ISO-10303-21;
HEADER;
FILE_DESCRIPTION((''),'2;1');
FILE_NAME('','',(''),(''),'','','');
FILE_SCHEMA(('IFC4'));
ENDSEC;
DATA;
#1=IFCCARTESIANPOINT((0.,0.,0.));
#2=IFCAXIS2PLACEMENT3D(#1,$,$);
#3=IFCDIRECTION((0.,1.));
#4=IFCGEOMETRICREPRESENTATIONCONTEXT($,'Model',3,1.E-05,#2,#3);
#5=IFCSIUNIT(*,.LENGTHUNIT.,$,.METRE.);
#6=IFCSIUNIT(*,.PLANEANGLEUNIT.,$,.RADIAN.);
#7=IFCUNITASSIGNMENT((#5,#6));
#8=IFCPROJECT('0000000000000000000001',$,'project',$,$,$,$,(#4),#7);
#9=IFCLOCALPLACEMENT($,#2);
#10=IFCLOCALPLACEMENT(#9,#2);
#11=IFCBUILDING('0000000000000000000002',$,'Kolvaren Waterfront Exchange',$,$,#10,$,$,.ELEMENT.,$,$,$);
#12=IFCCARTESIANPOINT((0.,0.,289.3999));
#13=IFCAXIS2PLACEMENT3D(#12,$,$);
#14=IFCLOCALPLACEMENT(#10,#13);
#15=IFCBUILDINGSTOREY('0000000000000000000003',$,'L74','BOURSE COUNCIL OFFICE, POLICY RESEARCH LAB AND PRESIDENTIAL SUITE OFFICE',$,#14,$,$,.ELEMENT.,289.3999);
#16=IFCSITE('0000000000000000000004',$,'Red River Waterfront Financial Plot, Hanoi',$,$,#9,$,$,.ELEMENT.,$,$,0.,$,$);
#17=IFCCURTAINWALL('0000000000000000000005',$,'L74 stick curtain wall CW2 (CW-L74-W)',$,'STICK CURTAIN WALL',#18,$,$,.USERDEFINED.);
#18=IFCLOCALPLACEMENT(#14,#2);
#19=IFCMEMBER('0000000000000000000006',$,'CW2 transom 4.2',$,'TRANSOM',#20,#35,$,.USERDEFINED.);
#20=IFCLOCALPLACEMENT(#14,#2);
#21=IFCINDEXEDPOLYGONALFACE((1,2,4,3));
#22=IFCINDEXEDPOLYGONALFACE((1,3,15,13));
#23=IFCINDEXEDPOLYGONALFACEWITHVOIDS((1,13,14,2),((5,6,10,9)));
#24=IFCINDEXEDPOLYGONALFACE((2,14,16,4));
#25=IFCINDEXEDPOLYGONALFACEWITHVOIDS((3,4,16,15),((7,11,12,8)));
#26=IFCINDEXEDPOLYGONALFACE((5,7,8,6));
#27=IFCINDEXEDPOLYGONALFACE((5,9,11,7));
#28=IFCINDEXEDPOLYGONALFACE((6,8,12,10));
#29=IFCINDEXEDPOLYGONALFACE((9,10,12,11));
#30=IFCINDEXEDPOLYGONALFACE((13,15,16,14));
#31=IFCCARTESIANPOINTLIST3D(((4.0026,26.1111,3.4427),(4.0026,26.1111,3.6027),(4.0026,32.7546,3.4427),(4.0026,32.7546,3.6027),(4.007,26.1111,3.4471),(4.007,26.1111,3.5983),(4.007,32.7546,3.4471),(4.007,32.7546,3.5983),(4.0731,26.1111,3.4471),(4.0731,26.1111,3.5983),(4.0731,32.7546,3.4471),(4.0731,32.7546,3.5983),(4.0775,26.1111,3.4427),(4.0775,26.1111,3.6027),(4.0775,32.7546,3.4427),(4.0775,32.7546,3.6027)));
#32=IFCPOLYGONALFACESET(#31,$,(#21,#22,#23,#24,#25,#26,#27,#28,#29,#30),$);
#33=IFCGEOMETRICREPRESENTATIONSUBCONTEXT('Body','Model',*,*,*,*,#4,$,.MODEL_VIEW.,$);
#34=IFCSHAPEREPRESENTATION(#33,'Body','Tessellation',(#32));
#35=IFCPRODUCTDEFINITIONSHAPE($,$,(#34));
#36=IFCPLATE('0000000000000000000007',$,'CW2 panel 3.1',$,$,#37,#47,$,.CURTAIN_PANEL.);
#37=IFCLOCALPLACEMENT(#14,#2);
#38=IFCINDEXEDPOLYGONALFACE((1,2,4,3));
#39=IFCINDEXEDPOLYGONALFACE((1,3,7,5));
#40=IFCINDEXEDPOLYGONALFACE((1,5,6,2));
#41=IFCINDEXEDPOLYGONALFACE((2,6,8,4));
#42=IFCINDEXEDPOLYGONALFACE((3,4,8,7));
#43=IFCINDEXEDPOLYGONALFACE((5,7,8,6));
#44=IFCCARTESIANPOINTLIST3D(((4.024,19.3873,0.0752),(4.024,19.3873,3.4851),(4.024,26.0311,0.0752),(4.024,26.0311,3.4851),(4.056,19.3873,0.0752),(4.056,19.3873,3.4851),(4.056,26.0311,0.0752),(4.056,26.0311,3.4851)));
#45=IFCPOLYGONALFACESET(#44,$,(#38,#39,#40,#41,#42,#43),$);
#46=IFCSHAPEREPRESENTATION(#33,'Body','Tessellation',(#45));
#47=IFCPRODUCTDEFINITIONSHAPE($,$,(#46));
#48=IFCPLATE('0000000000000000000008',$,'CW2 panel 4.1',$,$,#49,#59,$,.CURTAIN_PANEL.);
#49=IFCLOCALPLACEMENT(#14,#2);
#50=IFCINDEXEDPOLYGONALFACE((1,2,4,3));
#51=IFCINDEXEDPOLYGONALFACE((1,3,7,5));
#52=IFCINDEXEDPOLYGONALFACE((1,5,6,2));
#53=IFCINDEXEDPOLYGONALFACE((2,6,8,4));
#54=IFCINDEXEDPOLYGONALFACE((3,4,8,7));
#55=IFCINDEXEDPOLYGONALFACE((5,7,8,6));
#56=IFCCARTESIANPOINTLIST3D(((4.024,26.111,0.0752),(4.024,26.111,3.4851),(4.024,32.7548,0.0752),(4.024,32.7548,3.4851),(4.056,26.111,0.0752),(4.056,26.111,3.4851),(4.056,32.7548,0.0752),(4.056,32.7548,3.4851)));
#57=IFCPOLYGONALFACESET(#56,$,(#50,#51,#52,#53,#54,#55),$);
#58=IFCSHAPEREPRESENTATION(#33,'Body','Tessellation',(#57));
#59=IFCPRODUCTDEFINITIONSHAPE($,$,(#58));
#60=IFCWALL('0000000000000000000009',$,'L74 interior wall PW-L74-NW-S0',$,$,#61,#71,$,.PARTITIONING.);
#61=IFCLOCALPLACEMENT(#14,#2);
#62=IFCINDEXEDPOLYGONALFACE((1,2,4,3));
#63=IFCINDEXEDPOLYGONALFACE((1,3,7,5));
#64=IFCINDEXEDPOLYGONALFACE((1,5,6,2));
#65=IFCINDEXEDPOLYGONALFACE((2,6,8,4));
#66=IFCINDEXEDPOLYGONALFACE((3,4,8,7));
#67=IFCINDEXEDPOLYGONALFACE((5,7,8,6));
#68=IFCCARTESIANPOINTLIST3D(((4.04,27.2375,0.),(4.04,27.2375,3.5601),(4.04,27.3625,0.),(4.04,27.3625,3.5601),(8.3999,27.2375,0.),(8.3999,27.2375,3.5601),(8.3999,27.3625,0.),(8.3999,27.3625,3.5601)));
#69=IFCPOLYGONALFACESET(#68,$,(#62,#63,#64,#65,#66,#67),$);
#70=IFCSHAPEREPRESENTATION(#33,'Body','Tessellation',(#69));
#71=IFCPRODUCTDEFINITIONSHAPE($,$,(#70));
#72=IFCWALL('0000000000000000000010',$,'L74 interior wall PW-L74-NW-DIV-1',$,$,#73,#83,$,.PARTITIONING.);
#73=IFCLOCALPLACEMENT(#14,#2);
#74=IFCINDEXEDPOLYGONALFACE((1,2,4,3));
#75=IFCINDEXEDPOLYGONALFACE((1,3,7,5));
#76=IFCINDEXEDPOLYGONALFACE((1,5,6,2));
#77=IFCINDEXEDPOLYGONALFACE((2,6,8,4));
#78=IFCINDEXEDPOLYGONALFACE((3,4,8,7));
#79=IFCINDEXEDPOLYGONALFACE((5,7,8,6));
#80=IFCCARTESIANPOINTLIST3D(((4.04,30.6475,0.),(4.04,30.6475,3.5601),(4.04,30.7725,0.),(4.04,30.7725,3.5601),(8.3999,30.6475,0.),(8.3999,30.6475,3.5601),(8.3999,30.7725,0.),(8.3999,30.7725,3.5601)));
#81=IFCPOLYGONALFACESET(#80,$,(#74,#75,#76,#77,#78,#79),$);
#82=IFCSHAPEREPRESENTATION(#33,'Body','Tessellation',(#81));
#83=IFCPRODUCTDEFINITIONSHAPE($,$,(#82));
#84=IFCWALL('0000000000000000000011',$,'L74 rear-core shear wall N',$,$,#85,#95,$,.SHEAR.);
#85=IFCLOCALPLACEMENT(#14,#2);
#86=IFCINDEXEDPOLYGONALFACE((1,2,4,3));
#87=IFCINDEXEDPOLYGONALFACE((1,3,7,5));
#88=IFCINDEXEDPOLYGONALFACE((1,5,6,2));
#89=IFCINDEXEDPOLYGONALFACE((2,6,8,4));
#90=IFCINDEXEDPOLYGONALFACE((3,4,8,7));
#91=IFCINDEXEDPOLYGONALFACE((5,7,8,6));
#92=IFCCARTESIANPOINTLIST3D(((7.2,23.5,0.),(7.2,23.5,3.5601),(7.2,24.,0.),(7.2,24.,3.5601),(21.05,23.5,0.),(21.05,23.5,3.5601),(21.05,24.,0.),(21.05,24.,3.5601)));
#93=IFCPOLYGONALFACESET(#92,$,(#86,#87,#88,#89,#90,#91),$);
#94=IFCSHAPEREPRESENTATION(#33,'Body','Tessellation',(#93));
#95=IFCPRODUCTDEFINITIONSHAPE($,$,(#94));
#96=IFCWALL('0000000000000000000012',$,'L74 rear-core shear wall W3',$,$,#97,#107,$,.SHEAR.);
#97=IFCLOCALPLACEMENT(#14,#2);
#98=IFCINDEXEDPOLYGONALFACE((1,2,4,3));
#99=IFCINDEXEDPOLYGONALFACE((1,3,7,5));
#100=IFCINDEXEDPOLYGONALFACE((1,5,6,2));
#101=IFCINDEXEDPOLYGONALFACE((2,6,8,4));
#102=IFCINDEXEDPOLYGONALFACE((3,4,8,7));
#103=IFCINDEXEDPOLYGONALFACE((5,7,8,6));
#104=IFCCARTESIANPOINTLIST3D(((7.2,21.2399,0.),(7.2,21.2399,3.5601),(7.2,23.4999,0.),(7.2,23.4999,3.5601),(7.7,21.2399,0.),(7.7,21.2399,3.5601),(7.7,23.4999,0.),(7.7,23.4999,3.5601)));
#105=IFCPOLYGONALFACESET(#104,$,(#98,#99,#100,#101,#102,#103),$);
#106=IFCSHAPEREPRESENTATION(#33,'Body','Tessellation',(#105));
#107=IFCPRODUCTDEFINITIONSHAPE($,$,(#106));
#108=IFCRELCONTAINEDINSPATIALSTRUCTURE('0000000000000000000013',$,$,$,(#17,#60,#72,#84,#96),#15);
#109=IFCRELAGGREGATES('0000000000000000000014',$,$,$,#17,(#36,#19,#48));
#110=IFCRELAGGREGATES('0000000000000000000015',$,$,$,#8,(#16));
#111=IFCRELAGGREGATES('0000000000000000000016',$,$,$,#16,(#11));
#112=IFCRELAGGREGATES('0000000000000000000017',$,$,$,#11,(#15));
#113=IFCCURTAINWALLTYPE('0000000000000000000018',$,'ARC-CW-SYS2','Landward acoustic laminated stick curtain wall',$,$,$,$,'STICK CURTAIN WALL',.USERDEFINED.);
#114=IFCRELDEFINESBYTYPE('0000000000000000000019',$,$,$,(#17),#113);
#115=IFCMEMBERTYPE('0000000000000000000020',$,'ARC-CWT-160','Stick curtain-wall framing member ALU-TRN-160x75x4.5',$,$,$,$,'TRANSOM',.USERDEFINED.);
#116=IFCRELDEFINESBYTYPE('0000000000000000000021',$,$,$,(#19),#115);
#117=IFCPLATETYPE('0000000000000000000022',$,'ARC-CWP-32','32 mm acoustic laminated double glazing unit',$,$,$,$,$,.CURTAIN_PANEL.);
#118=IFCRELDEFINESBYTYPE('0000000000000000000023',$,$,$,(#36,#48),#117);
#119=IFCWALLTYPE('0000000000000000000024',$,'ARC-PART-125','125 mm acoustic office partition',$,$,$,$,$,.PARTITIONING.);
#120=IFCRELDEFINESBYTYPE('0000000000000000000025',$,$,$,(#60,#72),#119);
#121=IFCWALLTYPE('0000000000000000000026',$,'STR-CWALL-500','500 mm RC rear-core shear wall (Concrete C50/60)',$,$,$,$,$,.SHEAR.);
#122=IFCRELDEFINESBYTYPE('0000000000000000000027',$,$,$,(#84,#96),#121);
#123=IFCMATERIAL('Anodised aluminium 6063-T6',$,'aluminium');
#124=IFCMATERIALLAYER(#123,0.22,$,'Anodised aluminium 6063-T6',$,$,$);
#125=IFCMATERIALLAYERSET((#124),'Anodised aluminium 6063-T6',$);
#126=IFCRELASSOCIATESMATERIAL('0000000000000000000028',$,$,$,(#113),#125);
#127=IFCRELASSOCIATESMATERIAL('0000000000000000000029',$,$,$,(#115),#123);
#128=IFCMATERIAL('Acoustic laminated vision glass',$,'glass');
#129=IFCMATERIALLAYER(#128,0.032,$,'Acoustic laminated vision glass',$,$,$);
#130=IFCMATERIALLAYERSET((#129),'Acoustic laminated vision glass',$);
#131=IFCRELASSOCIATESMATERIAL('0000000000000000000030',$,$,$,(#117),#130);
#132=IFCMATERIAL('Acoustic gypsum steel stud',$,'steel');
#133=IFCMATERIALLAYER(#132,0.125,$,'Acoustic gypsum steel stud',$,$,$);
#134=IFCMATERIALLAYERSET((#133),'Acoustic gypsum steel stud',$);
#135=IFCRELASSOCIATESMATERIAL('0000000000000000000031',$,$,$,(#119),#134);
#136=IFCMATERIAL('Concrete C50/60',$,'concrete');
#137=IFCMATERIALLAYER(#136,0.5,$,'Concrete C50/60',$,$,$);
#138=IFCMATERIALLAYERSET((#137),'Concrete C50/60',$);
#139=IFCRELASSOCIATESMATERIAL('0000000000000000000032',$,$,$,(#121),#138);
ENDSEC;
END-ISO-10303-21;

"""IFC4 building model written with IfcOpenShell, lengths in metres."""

from ifc_helpers import new_model, si_unit, direction, frame, frame_2d, origin, origin_with_axes, origin_2d, place, context, subcontext, project, spatial, rectangle, hollow_rectangle, extrude, source, transform, mapped, material, layer, layer_set, material_profile, profile_set, type_object, element, aggregate, save


model = new_model("IFC4")

# Units and contexts
model_context = context("Model", 3, precision=1e-05, world=origin(), true_north=direction((0.0, 1.0)))
body_context = subcontext(model_context, "Body", "Model", "MODEL_VIEW")
ifc_project = project(units=[si_unit("LENGTHUNIT", "METRE"), si_unit("PLANEANGLEUNIT", "RADIAN")], contexts=[model_context])

# Site, building, storey
site_placement = place(None, origin())
site = spatial("IfcSite", under=ifc_project, at=site_placement, Name="Red River Waterfront Financial Plot, Hanoi", CompositionType="ELEMENT", RefElevation=0.0)
building_placement = place(site_placement, origin())
building = spatial("IfcBuilding", under=site, at=building_placement, Name="Kolvaren Waterfront Exchange", CompositionType="ELEMENT")
storey_placement = place(building_placement, frame((0.0, 0.0, 289.3999)))
storey = spatial("IfcBuildingStorey", under=building, at=storey_placement, Name="L74", Description="BOURSE COUNCIL OFFICE, POLICY RESEARCH LAB AND PRESIDENTIAL SUITE OFFICE", CompositionType="ELEMENT", Elevation=289.3999)

# Shared definitions
ifc_material_1 = material(Name="Concrete C50/60", Category="concrete")

# Curtain wall, member, plates
ifc_material_2 = material(Name="Anodised aluminium 6063-T6", Category="aluminium")
ifc_layer_1 = layer(ifc_material_2, 0.22, Name="Anodised aluminium 6063-T6")
ifc_layer_set_1 = layer_set([ifc_layer_1], Name="Anodised aluminium 6063-T6")
curtain_wall_type = type_object("IfcCurtainWallType", Name="ARC-CW-SYS2", Description="Landward acoustic laminated stick curtain wall", ElementType="STICK CURTAIN WALL", PredefinedType="USERDEFINED", material=ifc_layer_set_1)
curtain_wall_placement = place(storey_placement, origin())
curtain_wall = element("IfcCurtainWall", 1, at=curtain_wall_placement, inside=storey, type_object=curtain_wall_type, Name="L74 stick curtain wall CW2 (CW-L74-W)", ObjectType="STICK CURTAIN WALL", PredefinedType="USERDEFINED")
ifc_material_profile_1 = material_profile(ifc_material_2, hollow_rectangle(XDim=0.075, YDim=0.1599, WallThickness=0.0044, at=origin_2d()), Name="ALU-TRN-160x75x4.5")
ifc_profile_set_1 = profile_set([ifc_material_profile_1], Name="Anodised aluminium 6063-T6")
member_type_1 = type_object("IfcMemberType", Name="ARC-CWT-160", Description="Stick curtain-wall framing member ALU-TRN-160x75x4.5", ElementType="TRANSOM", PredefinedType="USERDEFINED", material=ifc_profile_set_1)
shared_shape_1 = source(origin_with_axes(), body_context, "Body", "SweptSolid", [
    extrude(hollow_rectangle(XDim=0.075, YDim=0.1599, WallThickness=0.0044, at=origin_2d()), origin(), (0.0, 0.0, 1.0), 6.6436),
])
member_1_placement = place(storey_placement, frame((4.04, 26.1111, 3.5227), z_axis=(0.0, 1.0, 0.0), x_axis=(-1.0, 0.0, 0.0)))
member_1 = element("IfcMember", 2, at=member_1_placement, type_object=member_type_1, Name="CW2 transom 4.2", ObjectType="TRANSOM", PredefinedType="USERDEFINED", context=body_context, shape_type="MappedRepresentation", body=[
    mapped(shared_shape_1, transform((0.0, 0.0, 0.0), x_axis=(1.0, 0.0, 0.0), y_axis=(0.0, 1.0, 0.0), z_axis=(0.0, 0.0, 1.0), scale=1.0)),
])
ifc_material_3 = material(Name="Acoustic laminated vision glass", Category="glass")
ifc_layer_2 = layer(ifc_material_3, 0.032, Name="Acoustic laminated vision glass")
ifc_layer_set_2 = layer_set([ifc_layer_2], Name="Acoustic laminated vision glass")
plate_type = type_object("IfcPlateType", Name="ARC-CWP-32", Description="32 mm acoustic laminated double glazing unit", PredefinedType="CURTAIN_PANEL", material=ifc_layer_set_2)
shared_shape_2 = source(origin_with_axes(), body_context, "Body", "SweptSolid", [
    extrude(rectangle(XDim=6.6438, YDim=0.032, at=origin_2d()), origin(), (0.0, 0.0, 1.0), 3.4099),
])
plate_1_placement = place(storey_placement, frame((4.04, 22.7092, 0.0752), z_axis=(0.0, 0.0, 1.0), x_axis=(0.0, 1.0, 0.0)))
plate_1 = element("IfcPlate", 3, at=plate_1_placement, type_object=plate_type, Name="CW2 panel 3.1", PredefinedType="CURTAIN_PANEL", context=body_context, shape_type="MappedRepresentation", body=[
    mapped(shared_shape_2, transform((0.0, 0.0, 0.0), x_axis=(1.0, 0.0, 0.0), y_axis=(0.0, 1.0, 0.0), z_axis=(0.0, 0.0, 1.0), scale=1.0)),
])
plate_2_placement = place(storey_placement, frame((4.04, 29.4329, 0.0752), z_axis=(0.0, 0.0, 1.0), x_axis=(0.0, 1.0, 0.0)))
plate_2 = element("IfcPlate", 4, at=plate_2_placement, type_object=plate_type, Name="CW2 panel 4.1", PredefinedType="CURTAIN_PANEL", context=body_context, shape_type="MappedRepresentation", body=[
    mapped(shared_shape_2, transform((0.0, 0.0, 0.0), x_axis=(1.0, 0.0, 0.0), y_axis=(0.0, 1.0, 0.0), z_axis=(0.0, 0.0, 1.0), scale=1.0)),
])
aggregate(curtain_wall, [plate_1, member_1, plate_2])

# Walls
ifc_material_4 = material(Name="Acoustic gypsum steel stud", Category="steel")
ifc_layer_3 = layer(ifc_material_4, 0.125, Name="Acoustic gypsum steel stud")
ifc_layer_set_3 = layer_set([ifc_layer_3], Name="Acoustic gypsum steel stud")
wall_type_1 = type_object("IfcWallType", Name="ARC-PART-125", Description="125 mm acoustic office partition", PredefinedType="PARTITIONING", material=ifc_layer_set_3)
for number, where, z_axis, x_axis, name in (
    (5, (4.04, 27.3, 0.0), (0.0, 0.0, 1.0), (1.0, 0.0, 0.0), "L74 interior wall PW-L74-NW-S0"),
    (6, (4.04, 30.71, 0.0), (0.0, 0.0, 1.0), (1.0, 0.0, 0.0), "L74 interior wall PW-L74-NW-DIV-1"),
):
    element("IfcWall", number, at=place(storey_placement, frame(where, z_axis=z_axis, x_axis=x_axis)), inside=storey, type_object=wall_type_1, Name=name, PredefinedType="PARTITIONING", context=body_context, shape_type="SweptSolid", body=[
        extrude(rectangle(XDim=4.3599, YDim=0.125, at=frame_2d((2.1799, 0.0))), origin(), (0.0, 0.0, 1.0), 3.5601),
    ])

# Walls
ifc_layer_4 = layer(ifc_material_1, 0.5, Name="Concrete C50/60")
ifc_layer_set_4 = layer_set([ifc_layer_4], Name="Concrete C50/60")
wall_type_2 = type_object("IfcWallType", Name="STR-CWALL-500", Description="500 mm RC rear-core shear wall (Concrete C50/60)", PredefinedType="SHEAR", material=ifc_layer_set_4)
wall_1_placement = place(storey_placement, frame((7.2, 23.75, 0.0), z_axis=(0.0, 0.0, 1.0), x_axis=(1.0, 0.0, 0.0)))
element("IfcWall", 7, at=wall_1_placement, inside=storey, type_object=wall_type_2, Name="L74 rear-core shear wall N", PredefinedType="SHEAR", context=body_context, shape_type="SweptSolid", body=[
    extrude(rectangle(XDim=13.8501, YDim=0.5, at=frame_2d((6.925, 0.0))), origin(), (0.0, 0.0, 1.0), 3.5601),
])
wall_2_placement = place(storey_placement, frame((7.45, 21.24, 0.0), z_axis=(0.0, 0.0, 1.0), x_axis=(0.0, 1.0, 0.0)))
element("IfcWall", 8, at=wall_2_placement, inside=storey, type_object=wall_type_2, Name="L74 rear-core shear wall W3", PredefinedType="SHEAR", context=body_context, shape_type="SweptSolid", body=[
    extrude(rectangle(XDim=2.26, YDim=0.5, at=frame_2d((1.1299, 0.0))), origin(), (0.0, 0.0, 1.0), 3.5601),
])

save(model, "model.ifc")
